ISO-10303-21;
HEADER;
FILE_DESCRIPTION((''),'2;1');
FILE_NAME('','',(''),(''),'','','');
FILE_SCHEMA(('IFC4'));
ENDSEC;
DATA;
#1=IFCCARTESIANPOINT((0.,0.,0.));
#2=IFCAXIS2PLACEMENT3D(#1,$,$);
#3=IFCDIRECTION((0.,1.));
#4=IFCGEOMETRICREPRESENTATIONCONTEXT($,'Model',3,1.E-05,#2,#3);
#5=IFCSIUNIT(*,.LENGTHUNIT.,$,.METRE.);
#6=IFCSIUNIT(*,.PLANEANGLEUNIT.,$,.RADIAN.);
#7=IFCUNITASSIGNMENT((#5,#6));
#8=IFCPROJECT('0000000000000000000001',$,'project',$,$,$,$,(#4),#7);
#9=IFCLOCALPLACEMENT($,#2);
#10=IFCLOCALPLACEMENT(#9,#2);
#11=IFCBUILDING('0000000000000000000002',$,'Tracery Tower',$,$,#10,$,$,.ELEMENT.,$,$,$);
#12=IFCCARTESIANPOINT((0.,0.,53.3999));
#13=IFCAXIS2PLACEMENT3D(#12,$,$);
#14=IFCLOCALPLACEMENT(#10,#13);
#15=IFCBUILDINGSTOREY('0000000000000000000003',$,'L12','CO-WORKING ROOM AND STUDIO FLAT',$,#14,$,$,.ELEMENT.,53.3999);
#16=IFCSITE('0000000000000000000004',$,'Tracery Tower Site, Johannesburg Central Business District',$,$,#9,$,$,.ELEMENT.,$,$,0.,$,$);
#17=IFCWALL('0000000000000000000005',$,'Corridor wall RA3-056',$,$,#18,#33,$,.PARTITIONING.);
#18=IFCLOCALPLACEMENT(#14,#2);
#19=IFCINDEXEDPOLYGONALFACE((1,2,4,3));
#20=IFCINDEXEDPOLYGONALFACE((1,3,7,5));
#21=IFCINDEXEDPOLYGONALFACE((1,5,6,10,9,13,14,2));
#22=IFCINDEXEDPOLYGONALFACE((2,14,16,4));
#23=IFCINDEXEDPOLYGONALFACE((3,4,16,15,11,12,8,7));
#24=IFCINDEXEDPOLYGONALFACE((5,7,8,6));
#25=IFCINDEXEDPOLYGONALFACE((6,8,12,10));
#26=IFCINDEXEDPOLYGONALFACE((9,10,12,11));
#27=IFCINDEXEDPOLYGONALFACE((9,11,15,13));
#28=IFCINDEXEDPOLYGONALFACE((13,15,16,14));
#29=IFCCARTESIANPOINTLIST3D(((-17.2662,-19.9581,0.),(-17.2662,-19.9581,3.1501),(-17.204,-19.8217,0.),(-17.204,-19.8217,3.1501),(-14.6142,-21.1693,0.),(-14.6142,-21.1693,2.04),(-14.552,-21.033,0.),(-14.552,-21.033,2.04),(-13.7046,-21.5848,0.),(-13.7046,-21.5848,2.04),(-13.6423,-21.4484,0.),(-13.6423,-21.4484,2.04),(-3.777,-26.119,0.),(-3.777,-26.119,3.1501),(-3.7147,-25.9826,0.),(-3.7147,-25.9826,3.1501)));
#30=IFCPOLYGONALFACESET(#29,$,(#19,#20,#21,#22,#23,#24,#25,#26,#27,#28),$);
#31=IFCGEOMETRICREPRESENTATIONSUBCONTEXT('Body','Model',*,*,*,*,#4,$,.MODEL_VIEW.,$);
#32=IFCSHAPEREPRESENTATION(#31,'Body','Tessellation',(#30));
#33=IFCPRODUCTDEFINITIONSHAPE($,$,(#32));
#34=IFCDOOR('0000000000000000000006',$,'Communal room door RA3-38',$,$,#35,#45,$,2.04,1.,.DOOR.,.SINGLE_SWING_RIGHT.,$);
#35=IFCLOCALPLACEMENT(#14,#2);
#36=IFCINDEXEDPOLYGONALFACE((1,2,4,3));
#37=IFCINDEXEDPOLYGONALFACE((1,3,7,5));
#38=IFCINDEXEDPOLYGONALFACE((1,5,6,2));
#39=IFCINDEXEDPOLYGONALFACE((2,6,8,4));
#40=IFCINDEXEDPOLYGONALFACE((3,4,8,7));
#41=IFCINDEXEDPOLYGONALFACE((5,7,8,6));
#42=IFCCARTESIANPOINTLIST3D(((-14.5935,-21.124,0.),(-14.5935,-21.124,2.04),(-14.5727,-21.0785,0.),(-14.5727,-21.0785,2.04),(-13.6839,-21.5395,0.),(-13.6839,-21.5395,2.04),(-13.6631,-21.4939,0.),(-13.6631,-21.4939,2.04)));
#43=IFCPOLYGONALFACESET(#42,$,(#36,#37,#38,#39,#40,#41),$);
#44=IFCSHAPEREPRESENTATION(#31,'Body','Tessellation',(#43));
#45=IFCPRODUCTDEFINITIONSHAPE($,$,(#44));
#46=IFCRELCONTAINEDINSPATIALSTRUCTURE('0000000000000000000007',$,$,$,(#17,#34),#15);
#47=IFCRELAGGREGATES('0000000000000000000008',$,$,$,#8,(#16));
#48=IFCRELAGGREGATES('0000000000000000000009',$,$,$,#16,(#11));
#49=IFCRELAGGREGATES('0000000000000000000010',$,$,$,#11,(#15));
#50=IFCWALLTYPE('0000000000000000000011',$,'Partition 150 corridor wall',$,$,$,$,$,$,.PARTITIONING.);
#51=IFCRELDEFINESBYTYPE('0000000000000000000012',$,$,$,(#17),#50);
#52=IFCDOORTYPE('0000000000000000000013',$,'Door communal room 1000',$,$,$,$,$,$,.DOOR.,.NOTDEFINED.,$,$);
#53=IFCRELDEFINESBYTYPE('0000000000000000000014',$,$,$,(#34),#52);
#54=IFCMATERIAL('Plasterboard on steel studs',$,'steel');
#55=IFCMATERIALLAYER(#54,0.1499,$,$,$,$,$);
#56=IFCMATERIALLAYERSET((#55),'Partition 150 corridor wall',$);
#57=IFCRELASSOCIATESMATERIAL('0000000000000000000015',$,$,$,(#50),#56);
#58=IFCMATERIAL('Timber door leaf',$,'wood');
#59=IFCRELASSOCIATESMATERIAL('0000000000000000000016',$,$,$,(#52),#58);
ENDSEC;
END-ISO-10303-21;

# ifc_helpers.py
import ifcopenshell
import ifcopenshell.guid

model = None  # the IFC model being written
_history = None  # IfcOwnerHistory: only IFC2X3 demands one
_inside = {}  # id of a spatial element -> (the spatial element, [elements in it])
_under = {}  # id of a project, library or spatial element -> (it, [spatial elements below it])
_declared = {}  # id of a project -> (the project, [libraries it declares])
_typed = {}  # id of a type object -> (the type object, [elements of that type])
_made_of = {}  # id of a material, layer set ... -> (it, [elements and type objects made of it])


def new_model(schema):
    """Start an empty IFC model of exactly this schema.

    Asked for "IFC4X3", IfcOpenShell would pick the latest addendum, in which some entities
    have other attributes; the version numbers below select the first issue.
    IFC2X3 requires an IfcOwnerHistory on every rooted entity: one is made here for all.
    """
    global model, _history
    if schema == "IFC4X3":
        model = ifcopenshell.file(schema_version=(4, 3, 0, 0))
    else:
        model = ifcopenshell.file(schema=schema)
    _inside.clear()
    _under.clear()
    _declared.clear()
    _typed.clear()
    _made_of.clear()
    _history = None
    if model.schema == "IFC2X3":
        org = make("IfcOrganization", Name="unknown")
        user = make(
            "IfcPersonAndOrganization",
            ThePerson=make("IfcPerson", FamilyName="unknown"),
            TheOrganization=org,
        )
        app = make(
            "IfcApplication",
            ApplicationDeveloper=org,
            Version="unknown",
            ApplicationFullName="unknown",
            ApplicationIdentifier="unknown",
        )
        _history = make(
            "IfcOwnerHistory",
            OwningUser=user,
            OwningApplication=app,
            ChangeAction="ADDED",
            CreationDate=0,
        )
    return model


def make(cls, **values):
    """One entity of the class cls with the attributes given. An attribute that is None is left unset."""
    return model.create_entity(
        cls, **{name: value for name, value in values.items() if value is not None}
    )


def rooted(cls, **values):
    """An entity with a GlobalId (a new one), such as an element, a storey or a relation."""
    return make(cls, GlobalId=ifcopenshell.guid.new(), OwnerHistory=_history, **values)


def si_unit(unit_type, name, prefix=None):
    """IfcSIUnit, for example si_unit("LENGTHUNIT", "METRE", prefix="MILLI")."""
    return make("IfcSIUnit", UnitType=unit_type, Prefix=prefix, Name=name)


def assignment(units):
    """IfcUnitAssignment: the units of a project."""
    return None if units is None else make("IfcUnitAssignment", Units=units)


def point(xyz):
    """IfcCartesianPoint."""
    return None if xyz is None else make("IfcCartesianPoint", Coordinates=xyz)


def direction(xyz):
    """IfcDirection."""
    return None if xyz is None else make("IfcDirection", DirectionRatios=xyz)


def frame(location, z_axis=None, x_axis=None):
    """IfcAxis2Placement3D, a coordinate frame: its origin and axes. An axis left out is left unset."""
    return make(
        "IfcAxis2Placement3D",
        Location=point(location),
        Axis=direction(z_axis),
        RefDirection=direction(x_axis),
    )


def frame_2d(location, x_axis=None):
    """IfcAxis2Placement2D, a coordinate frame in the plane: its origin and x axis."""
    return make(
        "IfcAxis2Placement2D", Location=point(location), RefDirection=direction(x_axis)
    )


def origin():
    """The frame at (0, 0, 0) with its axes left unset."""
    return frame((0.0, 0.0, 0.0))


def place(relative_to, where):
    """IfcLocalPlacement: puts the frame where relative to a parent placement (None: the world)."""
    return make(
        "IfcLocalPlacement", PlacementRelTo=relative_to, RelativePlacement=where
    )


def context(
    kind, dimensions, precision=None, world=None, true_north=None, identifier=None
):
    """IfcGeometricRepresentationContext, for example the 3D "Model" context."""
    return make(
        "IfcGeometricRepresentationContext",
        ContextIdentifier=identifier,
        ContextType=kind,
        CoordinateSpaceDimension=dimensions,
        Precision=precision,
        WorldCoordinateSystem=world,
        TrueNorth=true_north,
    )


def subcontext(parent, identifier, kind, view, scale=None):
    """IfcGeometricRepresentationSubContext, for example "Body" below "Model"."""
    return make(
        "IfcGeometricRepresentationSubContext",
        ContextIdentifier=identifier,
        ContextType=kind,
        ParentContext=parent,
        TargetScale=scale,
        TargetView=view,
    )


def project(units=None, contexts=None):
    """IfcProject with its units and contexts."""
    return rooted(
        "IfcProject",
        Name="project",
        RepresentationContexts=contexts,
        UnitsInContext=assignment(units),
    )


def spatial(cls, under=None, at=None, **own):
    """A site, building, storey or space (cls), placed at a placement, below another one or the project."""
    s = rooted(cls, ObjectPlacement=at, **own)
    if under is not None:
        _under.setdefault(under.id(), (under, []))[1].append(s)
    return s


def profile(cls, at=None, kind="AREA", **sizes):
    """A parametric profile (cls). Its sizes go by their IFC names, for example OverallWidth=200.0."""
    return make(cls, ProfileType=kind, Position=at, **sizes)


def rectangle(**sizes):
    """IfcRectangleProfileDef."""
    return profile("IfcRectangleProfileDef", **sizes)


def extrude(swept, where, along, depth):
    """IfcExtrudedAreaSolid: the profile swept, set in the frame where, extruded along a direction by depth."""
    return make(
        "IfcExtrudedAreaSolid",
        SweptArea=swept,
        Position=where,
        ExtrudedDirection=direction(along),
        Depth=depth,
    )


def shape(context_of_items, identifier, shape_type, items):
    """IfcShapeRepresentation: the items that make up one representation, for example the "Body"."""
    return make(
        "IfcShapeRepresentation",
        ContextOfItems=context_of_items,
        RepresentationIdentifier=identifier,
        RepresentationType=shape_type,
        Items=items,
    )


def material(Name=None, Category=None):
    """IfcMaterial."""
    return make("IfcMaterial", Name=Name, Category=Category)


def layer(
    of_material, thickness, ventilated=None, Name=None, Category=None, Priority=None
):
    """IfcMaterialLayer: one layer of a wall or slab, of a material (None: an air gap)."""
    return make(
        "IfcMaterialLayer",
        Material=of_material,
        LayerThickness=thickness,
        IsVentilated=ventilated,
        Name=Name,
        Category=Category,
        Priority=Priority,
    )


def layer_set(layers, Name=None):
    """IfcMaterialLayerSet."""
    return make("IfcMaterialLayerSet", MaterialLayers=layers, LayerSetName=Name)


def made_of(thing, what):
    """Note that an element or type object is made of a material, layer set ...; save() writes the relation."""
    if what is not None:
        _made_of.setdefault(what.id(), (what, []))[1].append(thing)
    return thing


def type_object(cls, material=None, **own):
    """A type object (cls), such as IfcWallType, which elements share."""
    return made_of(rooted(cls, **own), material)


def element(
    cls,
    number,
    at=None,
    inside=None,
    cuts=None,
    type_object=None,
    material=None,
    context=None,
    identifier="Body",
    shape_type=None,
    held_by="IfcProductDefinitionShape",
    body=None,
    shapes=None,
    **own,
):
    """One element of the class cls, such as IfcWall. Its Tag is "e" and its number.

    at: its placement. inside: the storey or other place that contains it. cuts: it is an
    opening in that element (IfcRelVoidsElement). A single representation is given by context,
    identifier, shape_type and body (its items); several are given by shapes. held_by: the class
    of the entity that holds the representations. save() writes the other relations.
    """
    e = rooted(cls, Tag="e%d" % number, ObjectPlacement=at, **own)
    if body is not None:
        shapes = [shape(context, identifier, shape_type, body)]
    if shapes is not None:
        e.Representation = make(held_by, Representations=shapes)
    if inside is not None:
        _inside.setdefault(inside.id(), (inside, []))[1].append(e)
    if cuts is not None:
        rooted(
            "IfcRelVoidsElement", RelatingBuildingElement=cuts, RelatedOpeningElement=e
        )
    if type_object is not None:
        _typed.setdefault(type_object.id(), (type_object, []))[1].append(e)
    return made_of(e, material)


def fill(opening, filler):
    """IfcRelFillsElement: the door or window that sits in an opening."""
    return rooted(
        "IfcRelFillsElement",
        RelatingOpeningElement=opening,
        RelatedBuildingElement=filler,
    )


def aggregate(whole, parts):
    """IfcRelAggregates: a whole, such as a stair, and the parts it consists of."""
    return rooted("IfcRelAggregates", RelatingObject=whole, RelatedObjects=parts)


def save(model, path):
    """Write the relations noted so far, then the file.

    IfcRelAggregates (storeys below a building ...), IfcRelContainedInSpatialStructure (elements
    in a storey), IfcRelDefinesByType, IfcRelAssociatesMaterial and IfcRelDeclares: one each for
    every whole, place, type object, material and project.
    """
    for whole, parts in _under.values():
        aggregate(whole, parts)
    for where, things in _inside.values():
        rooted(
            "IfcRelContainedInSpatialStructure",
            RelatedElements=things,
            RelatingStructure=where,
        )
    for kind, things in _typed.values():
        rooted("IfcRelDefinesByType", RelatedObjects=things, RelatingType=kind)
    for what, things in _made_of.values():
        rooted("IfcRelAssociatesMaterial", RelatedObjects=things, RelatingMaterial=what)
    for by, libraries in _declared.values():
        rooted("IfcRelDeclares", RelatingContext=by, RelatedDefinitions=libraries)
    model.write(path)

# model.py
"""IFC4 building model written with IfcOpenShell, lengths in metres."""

from ifc_helpers import new_model, si_unit, direction, frame, frame_2d, origin, place, context, subcontext, project, spatial, rectangle, extrude, material, layer, layer_set, type_object, element, fill, save


model = new_model("IFC4")

# Units and contexts
model_context = context("Model", 3, precision=1e-05, world=origin(), true_north=direction((0.0, 1.0)))
body_context = subcontext(model_context, "Body", "Model", "MODEL_VIEW")
ifc_project = project(units=[si_unit("LENGTHUNIT", "METRE"), si_unit("PLANEANGLEUNIT", "RADIAN")], contexts=[model_context])

# Site, building, storey
site_placement = place(None, origin())
site = spatial("IfcSite", under=ifc_project, at=site_placement, Name="Tracery Tower Site, Johannesburg Central Business District", CompositionType="ELEMENT", RefElevation=0.0)
building_placement = place(site_placement, origin())
building = spatial("IfcBuilding", under=site, at=building_placement, Name="Tracery Tower", CompositionType="ELEMENT")
storey_placement = place(building_placement, frame((0.0, 0.0, 53.3999)))
storey = spatial("IfcBuildingStorey", under=building, at=storey_placement, Name="L12", Description="CO-WORKING ROOM AND STUDIO FLAT", CompositionType="ELEMENT", Elevation=53.3999)

# Wall, opening, door
ifc_material_1 = material(Name="Plasterboard on steel studs", Category="steel")
ifc_layer_1 = layer(ifc_material_1, 0.1499)
ifc_layer_set_1 = layer_set([ifc_layer_1], Name="Partition 150 corridor wall")
wall_type_1 = type_object("IfcWallType", Name="Partition 150 corridor wall", PredefinedType="PARTITIONING", material=ifc_layer_set_1)
wall_1_placement = place(storey_placement, frame((-17.2351, -19.8899, 0.0), z_axis=(0.0, 0.0, 1.0), x_axis=(0.909618, -0.415446, 0.0)))
wall_1 = element("IfcWall", 1, at=wall_1_placement, inside=storey, type_object=wall_type_1, Name="Corridor wall RA3-056", PredefinedType="PARTITIONING", context=body_context, shape_type="SweptSolid", body=[
    extrude(rectangle(XDim=14.8296, YDim=0.1499, at=frame_2d((7.4148, 0.0))), origin(), (0.0, 0.0, 1.0), 3.1501),
])
opening_1_placement = place(wall_1_placement, frame((2.9155, 0.0, 0.0)))
opening_1 = element("IfcOpeningElement", 2, at=opening_1_placement, cuts=wall_1, PredefinedType="OPENING", context=body_context, shape_type="SweptSolid", body=[
    extrude(rectangle(XDim=1.0, YDim=2.04, at=frame_2d((0.5, 1.02))), frame((0.0, 0.075, 0.0), z_axis=(0.0, -1.0, 0.0), x_axis=(1.0, 0.0, 0.0)), (0.0, 0.0, 1.0), 0.1499),
])
ifc_material_2 = material(Name="Timber door leaf", Category="wood")
door_type_1 = type_object("IfcDoorType", Name="Door communal room 1000", OperationType="NOTDEFINED", PredefinedType="DOOR", material=ifc_material_2)
door_1_placement = place(opening_1_placement, origin())
door_1 = element("IfcDoor", 3, at=door_1_placement, inside=storey, type_object=door_type_1, Name="Communal room door RA3-38", OperationType="SINGLE_SWING_RIGHT", OverallHeight=2.04, OverallWidth=1.0, PredefinedType="DOOR", context=body_context, shape_type="SweptSolid", body=[
    extrude(rectangle(XDim=1.0, YDim=2.04, at=frame_2d((0.5, 1.02))), frame((0.0, 0.0249, 0.0), z_axis=(0.0, -1.0, 0.0), x_axis=(1.0, 0.0, 0.0)), (0.0, 0.0, 1.0), 0.05),
])
fill(opening_1, door_1)

save(model, "model.ifc")
